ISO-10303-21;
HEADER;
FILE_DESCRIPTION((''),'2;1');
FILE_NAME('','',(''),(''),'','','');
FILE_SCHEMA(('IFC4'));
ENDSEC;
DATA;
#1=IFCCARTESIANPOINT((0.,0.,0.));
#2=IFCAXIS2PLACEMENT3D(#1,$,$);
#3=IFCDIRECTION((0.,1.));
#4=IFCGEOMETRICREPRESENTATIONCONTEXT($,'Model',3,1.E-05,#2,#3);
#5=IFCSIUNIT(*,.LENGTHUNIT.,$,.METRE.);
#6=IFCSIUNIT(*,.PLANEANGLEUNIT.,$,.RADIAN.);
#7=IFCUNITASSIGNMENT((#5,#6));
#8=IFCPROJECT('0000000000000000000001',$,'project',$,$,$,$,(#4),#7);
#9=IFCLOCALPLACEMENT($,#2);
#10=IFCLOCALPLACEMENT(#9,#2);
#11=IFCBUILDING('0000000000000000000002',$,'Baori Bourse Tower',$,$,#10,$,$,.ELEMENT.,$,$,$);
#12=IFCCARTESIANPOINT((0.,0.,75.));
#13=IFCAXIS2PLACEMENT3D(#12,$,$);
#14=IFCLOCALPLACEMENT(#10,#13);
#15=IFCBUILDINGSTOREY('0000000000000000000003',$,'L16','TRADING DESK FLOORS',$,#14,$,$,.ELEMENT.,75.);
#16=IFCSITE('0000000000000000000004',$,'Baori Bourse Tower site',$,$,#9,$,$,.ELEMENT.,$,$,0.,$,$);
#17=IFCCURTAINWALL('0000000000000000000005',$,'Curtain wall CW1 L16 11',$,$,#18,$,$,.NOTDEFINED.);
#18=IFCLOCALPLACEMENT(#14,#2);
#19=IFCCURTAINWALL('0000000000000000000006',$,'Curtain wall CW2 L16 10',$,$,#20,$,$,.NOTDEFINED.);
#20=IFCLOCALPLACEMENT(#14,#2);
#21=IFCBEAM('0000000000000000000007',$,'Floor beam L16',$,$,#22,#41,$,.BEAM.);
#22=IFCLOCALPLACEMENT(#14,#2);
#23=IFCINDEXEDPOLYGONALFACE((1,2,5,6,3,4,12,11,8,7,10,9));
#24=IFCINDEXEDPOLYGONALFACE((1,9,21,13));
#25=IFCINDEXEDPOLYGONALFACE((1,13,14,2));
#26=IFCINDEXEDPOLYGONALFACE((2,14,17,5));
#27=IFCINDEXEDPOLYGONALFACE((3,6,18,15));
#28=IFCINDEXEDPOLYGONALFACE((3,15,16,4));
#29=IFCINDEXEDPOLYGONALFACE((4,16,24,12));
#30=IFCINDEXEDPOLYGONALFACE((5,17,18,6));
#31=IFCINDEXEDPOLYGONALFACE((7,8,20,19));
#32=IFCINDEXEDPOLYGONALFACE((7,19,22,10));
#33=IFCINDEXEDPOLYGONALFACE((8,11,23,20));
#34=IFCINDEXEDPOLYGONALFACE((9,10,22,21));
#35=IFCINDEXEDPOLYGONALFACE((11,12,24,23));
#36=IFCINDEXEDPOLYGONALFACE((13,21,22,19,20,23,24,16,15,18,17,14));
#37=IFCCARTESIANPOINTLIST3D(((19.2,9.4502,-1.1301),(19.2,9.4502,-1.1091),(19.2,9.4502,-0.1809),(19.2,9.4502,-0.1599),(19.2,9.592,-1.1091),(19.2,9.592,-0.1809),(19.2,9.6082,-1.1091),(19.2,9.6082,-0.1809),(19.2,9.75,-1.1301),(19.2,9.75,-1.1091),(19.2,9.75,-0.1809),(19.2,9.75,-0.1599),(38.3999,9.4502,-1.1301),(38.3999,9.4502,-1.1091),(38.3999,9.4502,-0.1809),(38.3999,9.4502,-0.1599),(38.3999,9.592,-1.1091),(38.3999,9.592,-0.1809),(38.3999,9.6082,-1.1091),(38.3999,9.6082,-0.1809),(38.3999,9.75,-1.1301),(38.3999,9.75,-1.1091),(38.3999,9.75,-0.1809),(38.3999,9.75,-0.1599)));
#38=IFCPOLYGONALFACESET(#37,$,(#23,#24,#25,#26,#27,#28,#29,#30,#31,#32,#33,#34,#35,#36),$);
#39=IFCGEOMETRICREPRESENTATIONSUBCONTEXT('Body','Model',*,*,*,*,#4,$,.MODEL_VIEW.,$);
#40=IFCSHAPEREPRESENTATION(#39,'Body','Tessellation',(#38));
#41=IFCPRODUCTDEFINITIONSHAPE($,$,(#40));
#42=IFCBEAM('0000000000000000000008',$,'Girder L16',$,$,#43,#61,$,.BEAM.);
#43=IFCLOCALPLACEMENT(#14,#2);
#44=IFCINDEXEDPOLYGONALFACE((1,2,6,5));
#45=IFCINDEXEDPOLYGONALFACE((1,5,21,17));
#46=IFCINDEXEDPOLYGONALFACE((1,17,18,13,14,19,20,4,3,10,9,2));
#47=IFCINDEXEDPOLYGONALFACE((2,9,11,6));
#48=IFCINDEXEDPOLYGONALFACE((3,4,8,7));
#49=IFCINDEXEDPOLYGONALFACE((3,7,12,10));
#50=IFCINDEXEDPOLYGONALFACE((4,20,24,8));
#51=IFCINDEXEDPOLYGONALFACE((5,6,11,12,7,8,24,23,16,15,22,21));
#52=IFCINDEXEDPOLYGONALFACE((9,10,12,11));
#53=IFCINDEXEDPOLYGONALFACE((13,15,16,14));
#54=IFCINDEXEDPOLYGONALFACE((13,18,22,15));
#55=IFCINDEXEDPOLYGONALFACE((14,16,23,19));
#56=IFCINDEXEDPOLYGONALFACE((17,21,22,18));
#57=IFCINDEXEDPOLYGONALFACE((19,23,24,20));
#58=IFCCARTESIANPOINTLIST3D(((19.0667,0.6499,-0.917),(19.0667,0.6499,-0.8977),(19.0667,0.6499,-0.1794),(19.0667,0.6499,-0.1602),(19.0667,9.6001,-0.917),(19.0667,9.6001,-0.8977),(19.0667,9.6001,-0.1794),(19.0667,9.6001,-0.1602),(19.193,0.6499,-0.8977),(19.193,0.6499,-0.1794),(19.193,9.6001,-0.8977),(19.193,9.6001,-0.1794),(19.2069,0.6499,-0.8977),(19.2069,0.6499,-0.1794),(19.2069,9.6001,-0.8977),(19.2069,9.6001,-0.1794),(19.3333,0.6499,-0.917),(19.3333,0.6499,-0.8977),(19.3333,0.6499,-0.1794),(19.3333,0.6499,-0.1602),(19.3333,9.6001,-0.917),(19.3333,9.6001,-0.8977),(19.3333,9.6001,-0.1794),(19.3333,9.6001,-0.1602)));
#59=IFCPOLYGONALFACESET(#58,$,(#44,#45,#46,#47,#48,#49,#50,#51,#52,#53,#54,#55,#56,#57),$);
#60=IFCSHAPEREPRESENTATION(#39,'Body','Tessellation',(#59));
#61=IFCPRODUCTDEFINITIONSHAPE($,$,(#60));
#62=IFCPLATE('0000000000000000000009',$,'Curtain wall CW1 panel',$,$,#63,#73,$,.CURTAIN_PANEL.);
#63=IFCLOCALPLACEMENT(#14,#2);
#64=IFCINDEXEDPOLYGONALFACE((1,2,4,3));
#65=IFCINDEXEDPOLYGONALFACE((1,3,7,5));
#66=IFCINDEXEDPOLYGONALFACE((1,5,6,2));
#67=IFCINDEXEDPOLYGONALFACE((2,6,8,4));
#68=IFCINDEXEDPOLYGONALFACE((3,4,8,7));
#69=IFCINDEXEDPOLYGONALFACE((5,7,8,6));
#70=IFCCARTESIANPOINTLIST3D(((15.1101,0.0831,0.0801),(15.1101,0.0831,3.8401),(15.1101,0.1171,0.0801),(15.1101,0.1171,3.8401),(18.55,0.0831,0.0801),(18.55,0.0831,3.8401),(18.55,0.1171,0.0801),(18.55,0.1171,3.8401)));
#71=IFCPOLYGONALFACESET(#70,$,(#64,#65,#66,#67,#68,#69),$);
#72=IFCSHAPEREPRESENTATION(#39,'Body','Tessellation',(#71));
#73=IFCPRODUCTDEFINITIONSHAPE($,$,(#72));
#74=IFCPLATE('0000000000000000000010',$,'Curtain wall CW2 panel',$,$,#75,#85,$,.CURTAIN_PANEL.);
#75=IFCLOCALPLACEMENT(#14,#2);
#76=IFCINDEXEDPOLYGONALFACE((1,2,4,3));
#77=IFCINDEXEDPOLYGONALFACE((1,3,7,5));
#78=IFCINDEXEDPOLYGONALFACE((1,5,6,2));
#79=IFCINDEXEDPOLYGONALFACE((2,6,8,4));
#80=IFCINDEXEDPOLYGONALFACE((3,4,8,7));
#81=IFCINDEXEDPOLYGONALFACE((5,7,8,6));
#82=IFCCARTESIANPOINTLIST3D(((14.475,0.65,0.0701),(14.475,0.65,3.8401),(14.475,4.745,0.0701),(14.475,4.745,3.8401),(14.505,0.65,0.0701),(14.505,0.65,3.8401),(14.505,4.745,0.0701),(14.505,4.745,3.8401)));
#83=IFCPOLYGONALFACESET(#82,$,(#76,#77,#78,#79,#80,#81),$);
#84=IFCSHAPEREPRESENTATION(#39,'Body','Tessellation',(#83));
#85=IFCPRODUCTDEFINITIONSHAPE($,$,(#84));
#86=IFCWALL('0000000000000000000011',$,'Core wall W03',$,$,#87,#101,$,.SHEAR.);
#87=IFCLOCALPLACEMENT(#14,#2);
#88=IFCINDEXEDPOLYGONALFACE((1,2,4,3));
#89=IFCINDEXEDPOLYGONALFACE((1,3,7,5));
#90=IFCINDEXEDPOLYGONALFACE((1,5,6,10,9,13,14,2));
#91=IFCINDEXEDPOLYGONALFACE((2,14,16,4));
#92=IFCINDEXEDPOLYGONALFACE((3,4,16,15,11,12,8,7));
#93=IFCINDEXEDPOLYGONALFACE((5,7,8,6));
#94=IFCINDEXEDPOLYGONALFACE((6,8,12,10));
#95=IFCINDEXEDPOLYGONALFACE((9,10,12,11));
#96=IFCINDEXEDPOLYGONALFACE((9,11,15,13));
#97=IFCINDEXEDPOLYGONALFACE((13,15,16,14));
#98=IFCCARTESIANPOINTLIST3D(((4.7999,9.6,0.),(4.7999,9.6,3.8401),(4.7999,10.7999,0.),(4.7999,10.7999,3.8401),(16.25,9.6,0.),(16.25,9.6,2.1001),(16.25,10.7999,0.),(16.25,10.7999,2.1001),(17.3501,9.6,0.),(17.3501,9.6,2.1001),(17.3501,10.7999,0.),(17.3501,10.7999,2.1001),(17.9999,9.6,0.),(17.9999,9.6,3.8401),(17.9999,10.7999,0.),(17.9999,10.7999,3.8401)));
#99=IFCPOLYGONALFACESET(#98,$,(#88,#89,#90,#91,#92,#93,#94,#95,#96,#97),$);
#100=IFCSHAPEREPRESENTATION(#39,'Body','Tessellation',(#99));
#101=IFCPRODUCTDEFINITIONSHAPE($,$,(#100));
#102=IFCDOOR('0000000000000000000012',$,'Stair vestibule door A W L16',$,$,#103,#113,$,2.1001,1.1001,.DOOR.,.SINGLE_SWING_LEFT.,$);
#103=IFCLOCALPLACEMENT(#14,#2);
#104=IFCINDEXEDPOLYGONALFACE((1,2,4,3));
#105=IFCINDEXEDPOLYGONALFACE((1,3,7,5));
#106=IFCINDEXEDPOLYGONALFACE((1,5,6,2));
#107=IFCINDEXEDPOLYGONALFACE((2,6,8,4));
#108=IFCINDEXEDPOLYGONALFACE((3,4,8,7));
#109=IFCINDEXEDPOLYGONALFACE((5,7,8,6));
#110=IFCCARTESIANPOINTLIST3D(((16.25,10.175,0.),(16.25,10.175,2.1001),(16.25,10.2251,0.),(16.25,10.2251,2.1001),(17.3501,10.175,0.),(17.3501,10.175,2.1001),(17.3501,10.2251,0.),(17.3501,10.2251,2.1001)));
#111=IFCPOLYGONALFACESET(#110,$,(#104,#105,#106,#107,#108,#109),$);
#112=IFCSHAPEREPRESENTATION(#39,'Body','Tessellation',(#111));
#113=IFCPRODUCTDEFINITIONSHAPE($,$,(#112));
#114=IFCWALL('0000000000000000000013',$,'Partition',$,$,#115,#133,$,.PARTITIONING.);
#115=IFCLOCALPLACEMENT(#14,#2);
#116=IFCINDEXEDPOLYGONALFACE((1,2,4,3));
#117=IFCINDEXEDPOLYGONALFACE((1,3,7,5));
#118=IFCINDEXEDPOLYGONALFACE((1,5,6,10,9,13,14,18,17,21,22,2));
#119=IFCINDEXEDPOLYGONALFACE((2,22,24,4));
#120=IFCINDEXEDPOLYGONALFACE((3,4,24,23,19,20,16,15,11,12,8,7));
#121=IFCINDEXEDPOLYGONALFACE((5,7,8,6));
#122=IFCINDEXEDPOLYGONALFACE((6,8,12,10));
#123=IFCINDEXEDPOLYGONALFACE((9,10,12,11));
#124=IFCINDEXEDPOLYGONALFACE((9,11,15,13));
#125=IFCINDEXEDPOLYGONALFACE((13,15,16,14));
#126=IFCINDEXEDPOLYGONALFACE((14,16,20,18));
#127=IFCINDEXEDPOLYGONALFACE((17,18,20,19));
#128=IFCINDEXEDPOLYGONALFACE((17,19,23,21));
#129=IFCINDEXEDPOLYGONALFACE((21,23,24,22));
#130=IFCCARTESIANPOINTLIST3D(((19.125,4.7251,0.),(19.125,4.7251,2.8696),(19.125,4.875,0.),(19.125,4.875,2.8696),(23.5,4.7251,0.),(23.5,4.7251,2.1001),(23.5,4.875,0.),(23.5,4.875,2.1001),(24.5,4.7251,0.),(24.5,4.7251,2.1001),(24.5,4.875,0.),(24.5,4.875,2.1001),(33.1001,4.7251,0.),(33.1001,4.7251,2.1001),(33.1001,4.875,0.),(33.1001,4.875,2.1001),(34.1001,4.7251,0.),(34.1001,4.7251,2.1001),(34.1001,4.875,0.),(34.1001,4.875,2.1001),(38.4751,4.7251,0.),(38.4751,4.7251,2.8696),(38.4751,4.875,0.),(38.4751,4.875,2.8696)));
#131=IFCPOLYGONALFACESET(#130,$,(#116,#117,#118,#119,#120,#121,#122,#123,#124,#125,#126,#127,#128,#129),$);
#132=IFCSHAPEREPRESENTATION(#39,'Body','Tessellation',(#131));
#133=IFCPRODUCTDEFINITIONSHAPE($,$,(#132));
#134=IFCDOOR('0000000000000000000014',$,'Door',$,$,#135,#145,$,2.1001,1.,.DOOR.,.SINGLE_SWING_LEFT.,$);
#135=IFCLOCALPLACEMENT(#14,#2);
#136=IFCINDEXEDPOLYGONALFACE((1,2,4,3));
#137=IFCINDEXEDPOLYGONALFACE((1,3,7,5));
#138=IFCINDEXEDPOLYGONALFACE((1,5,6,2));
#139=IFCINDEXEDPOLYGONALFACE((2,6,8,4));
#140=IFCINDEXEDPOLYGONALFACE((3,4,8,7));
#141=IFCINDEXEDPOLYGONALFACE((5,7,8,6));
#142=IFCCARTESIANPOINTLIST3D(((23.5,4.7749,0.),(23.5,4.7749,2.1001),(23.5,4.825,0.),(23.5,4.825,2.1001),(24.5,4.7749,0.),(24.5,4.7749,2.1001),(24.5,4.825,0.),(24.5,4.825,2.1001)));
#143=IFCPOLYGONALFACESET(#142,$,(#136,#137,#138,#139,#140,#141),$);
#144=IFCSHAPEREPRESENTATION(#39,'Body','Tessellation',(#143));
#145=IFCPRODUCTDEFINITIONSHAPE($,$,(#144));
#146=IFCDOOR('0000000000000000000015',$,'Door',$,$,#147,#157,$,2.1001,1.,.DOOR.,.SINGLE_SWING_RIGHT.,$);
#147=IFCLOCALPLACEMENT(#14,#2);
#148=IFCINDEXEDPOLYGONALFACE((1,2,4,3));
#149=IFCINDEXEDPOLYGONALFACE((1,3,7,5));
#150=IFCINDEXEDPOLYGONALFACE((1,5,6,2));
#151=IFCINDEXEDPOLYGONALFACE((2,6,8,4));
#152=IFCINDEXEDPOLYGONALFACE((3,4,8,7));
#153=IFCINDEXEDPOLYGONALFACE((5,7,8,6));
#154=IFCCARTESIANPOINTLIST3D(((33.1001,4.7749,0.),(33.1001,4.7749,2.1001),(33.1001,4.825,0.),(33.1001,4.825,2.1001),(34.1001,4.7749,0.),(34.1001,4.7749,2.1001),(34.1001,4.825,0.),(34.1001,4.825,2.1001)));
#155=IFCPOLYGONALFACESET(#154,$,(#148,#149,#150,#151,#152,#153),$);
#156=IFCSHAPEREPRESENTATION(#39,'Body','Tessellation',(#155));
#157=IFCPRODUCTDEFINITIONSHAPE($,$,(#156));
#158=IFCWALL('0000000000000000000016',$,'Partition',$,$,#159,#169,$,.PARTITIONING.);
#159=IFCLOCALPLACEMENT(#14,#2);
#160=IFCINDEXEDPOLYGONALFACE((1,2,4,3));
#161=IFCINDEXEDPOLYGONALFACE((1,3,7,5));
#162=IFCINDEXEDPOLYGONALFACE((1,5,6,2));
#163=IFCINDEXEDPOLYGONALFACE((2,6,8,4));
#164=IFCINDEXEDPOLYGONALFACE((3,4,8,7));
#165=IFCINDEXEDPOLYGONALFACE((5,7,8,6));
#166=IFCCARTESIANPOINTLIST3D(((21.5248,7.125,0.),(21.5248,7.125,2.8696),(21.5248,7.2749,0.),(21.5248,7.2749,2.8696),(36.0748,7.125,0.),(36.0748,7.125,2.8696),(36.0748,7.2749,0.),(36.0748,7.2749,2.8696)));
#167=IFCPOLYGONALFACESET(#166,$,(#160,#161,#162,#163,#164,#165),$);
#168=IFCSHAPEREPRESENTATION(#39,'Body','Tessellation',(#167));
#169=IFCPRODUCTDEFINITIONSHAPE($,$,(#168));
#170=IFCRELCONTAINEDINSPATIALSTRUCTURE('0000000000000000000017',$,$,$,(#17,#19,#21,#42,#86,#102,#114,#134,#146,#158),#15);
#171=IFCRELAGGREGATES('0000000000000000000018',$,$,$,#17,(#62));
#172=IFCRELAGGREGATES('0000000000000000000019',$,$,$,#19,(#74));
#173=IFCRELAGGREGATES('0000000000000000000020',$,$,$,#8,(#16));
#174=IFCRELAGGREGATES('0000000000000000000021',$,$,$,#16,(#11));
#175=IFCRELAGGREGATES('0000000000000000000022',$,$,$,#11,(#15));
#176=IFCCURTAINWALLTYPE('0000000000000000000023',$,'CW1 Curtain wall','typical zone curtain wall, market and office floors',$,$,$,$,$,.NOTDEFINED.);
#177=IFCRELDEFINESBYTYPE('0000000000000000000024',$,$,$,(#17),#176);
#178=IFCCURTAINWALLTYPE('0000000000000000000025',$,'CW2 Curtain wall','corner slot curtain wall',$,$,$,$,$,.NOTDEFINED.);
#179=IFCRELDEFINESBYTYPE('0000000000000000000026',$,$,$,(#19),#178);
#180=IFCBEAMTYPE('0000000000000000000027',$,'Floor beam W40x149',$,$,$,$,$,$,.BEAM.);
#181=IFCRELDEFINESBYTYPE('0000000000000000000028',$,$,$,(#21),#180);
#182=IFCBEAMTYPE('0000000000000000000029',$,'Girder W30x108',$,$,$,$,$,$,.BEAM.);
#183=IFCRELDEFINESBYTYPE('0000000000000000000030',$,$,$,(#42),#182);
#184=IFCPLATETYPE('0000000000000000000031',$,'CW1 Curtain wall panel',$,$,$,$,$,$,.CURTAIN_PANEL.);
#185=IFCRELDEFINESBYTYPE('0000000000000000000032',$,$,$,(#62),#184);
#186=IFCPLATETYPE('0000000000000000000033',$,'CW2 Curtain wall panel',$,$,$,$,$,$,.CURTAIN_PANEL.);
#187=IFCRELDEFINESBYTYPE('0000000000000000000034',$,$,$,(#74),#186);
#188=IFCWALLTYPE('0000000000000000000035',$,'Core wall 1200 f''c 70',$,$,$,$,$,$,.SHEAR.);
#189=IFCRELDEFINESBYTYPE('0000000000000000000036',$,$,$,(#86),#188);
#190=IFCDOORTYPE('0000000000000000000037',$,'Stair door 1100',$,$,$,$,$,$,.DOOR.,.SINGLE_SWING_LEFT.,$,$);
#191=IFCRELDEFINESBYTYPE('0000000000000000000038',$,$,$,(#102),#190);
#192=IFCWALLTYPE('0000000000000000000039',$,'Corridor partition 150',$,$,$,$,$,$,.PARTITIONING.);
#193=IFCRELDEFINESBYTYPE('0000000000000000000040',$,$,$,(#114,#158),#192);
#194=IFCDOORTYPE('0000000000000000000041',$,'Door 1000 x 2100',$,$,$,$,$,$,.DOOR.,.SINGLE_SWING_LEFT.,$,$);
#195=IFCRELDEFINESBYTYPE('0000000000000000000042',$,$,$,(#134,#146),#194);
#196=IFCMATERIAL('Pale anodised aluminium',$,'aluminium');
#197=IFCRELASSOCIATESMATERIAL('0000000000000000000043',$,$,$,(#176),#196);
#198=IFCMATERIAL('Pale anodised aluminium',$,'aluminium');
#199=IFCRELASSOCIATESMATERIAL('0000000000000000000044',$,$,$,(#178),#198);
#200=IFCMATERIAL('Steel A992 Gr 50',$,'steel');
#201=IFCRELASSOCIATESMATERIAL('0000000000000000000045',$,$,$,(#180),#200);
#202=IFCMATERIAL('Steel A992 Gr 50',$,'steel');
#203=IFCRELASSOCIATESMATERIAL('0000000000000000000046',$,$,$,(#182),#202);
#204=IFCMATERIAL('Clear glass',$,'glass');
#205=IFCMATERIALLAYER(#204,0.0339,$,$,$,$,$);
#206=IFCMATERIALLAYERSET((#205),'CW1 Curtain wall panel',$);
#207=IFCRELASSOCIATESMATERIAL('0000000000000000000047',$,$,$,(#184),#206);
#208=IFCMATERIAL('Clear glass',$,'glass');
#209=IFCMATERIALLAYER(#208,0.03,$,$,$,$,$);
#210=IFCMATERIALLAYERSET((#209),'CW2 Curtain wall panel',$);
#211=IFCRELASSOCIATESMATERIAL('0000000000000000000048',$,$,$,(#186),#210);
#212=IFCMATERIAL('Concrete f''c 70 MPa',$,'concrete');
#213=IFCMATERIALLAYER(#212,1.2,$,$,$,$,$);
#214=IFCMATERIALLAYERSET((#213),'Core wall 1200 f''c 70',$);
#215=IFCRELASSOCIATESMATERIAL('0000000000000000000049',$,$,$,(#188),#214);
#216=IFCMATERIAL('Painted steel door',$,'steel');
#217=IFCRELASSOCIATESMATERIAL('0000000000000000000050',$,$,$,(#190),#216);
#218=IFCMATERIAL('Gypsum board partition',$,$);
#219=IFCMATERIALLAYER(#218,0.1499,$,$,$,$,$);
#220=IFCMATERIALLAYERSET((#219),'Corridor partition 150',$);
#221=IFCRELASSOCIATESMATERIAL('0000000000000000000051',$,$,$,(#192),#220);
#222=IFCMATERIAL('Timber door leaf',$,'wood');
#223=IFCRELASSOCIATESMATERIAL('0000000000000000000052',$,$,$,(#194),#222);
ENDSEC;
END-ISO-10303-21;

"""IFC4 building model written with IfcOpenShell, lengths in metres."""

from ifc_helpers import new_model, si_unit, direction, frame, frame_2d, origin, origin_2d, place, context, subcontext, project, spatial, rectangle, i_section, extrude, material, layer, layer_set, material_profile, profile_set, type_object, element, fill, aggregate, save


model = new_model("IFC4")

# Units and contexts
model_context = context("Model", 3, precision=1e-05, world=origin(), true_north=direction((0.0, 1.0)))
body_context = subcontext(model_context, "Body", "Model", "MODEL_VIEW")
ifc_project = project(units=[si_unit("LENGTHUNIT", "METRE"), si_unit("PLANEANGLEUNIT", "RADIAN")], contexts=[model_context])

# Site, building, storey
site_placement = place(None, origin())
site = spatial("IfcSite", under=ifc_project, at=site_placement, Name="Baori Bourse Tower site", CompositionType="ELEMENT", RefElevation=0.0)
building_placement = place(site_placement, origin())
building = spatial("IfcBuilding", under=site, at=building_placement, Name="Baori Bourse Tower", CompositionType="ELEMENT")
storey_placement = place(building_placement, frame((0.0, 0.0, 75.0)))
storey = spatial("IfcBuildingStorey", under=building, at=storey_placement, Name="L16", Description="TRADING DESK FLOORS", CompositionType="ELEMENT", Elevation=75.0)

# Curtain walls
ifc_material_1 = material(Name="Pale anodised aluminium", Category="aluminium")
curtain_wall_type_1 = type_object("IfcCurtainWallType", Name="CW1 Curtain wall", Description="typical zone curtain wall, market and office floors", PredefinedType="NOTDEFINED", material=ifc_material_1)
curtain_wall_1_placement = place(storey_placement, origin())
curtain_wall_1 = element("IfcCurtainWall", 1, at=curtain_wall_1_placement, inside=storey, type_object=curtain_wall_type_1, Name="Curtain wall CW1 L16 11", PredefinedType="NOTDEFINED")
ifc_material_2 = material(Name="Pale anodised aluminium", Category="aluminium")
curtain_wall_type_2 = type_object("IfcCurtainWallType", Name="CW2 Curtain wall", Description="corner slot curtain wall", PredefinedType="NOTDEFINED", material=ifc_material_2)
curtain_wall_2_placement = place(storey_placement, origin())
curtain_wall_2 = element("IfcCurtainWall", 2, at=curtain_wall_2_placement, inside=storey, type_object=curtain_wall_type_2, Name="Curtain wall CW2 L16 10", PredefinedType="NOTDEFINED")

# Beams
ifc_material_3 = material(Name="Steel A992 Gr 50", Category="steel")
ifc_material_profile_1 = material_profile(ifc_material_3, i_section(OverallWidth=0.2998, OverallDepth=0.9702, WebThickness=0.0161, FlangeThickness=0.021, at=origin_2d()), Name="W40x149")
ifc_profile_set_1 = profile_set([ifc_material_profile_1], Name="Steel A992 Gr 50")
beam_type_1 = type_object("IfcBeamType", Name="Floor beam W40x149", PredefinedType="BEAM", material=ifc_profile_set_1)
beam_1_placement = place(storey_placement, frame((19.2, 9.6001, -0.645), z_axis=(1.0, 0.0, 0.0), x_axis=(0.0, 1.0, 0.0)))
element("IfcBeam", 3, at=beam_1_placement, inside=storey, type_object=beam_type_1, Name="Floor beam L16", PredefinedType="BEAM", context=body_context, shape_type="SweptSolid", body=[
    extrude(i_section(OverallWidth=0.2998, OverallDepth=0.9702, WebThickness=0.0161, FlangeThickness=0.021, at=origin_2d()), origin(), (0.0, 0.0, 1.0), 19.2),
])
ifc_material_4 = material(Name="Steel A992 Gr 50", Category="steel")
ifc_material_profile_2 = material_profile(ifc_material_4, i_section(OverallWidth=0.2666, OverallDepth=0.7568, WebThickness=0.0139, FlangeThickness=0.0193, at=origin_2d()), Name="W30x108")
ifc_profile_set_2 = profile_set([ifc_material_profile_2], Name="Steel A992 Gr 50")
beam_type_2 = type_object("IfcBeamType", Name="Girder W30x108", PredefinedType="BEAM", material=ifc_profile_set_2)
beam_2_placement = place(storey_placement, frame((19.2, 0.6499, -0.5386), z_axis=(0.0, 1.0, 0.0), x_axis=(-1.0, 0.0, 0.0)))
element("IfcBeam", 4, at=beam_2_placement, inside=storey, type_object=beam_type_2, Name="Girder L16", PredefinedType="BEAM", context=body_context, shape_type="SweptSolid", body=[
    extrude(i_section(OverallWidth=0.2666, OverallDepth=0.7568, WebThickness=0.0139, FlangeThickness=0.0193, at=origin_2d()), origin(), (0.0, 0.0, 1.0), 8.9502),
])

# Plates
ifc_material_5 = material(Name="Clear glass", Category="glass")
ifc_layer_1 = layer(ifc_material_5, 0.0339)
ifc_layer_set_1 = layer_set([ifc_layer_1], Name="CW1 Curtain wall panel")
plate_type_1 = type_object("IfcPlateType", Name="CW1 Curtain wall panel", PredefinedType="CURTAIN_PANEL", material=ifc_layer_set_1)
plate_1_placement = place(storey_placement, frame((16.8301, 0.1001, 0.0801), z_axis=(0.0, 0.0, 1.0), x_axis=(1.0, 0.0, 0.0)))
plate_1 = element("IfcPlate", 5, at=plate_1_placement, type_object=plate_type_1, Name="Curtain wall CW1 panel", PredefinedType="CURTAIN_PANEL", context=body_context, shape_type="SweptSolid", body=[
    extrude(rectangle(XDim=3.4399, YDim=0.0339, at=origin_2d()), origin(), (0.0, 0.0, 1.0), 3.76),
])
aggregate(curtain_wall_1, [plate_1])
ifc_material_6 = material(Name="Clear glass", Category="glass")
ifc_layer_2 = layer(ifc_material_6, 0.03)
ifc_layer_set_2 = layer_set([ifc_layer_2], Name="CW2 Curtain wall panel")
plate_type_2 = type_object("IfcPlateType", Name="CW2 Curtain wall panel", PredefinedType="CURTAIN_PANEL", material=ifc_layer_set_2)
plate_2_placement = place(storey_placement, frame((14.49, 2.6975, 0.0701), z_axis=(0.0, 0.0, 1.0), x_axis=(0.0, -1.0, 0.0)))
plate_2 = element("IfcPlate", 6, at=plate_2_placement, type_object=plate_type_2, Name="Curtain wall CW2 panel", PredefinedType="CURTAIN_PANEL", context=body_context, shape_type="SweptSolid", body=[
    extrude(rectangle(XDim=4.095, YDim=0.03, at=origin_2d()), origin(), (0.0, 0.0, 1.0), 3.77),
])
aggregate(curtain_wall_2, [plate_2])

# Wall, opening, door
ifc_material_7 = material(Name="Concrete f'c 70 MPa", Category="concrete")
ifc_layer_3 = layer(ifc_material_7, 1.2)
ifc_layer_set_3 = layer_set([ifc_layer_3], Name="Core wall 1200 f'c 70")
wall_type_1 = type_object("IfcWallType", Name="Core wall 1200 f'c 70", PredefinedType="SHEAR", material=ifc_layer_set_3)
wall_1_placement = place(storey_placement, frame((18.0, 10.2, 0.0), z_axis=(0.0, 0.0, 1.0), x_axis=(-1.0, 0.0, 0.0)))
wall_1 = element("IfcWall", 7, at=wall_1_placement, inside=storey, type_object=wall_type_1, Name="Core wall W03", PredefinedType="SHEAR", context=body_context, shape_type="SweptSolid", body=[
    extrude(rectangle(XDim=13.2, YDim=1.2, at=frame_2d((6.6001, 0.0))), origin(), (0.0, 0.0, 1.0), 3.8401),
])
opening_1_placement = place(wall_1_placement, frame((0.6499, 0.0, 0.0)))
opening_1 = element("IfcOpeningElement", 8, at=opening_1_placement, cuts=wall_1, PredefinedType="OPENING", context=body_context, shape_type="SweptSolid", body=[
    extrude(rectangle(XDim=1.1001, YDim=2.1001, at=frame_2d((0.55, 1.05))), frame((0.0, 0.6099, 0.0), z_axis=(0.0, -1.0, 0.0), x_axis=(1.0, 0.0, 0.0)), (0.0, 0.0, 1.0), 1.22),
])
ifc_material_8 = material(Name="Painted steel door", Category="steel")
door_type_1 = type_object("IfcDoorType", Name="Stair door 1100", OperationType="SINGLE_SWING_LEFT", PredefinedType="DOOR", material=ifc_material_8)
door_1_placement = place(opening_1_placement, origin())
door_1 = element("IfcDoor", 9, at=door_1_placement, inside=storey, type_object=door_type_1, Name="Stair vestibule door A W L16", OperationType="SINGLE_SWING_LEFT", OverallHeight=2.1001, OverallWidth=1.1001, PredefinedType="DOOR", context=body_context, shape_type="SweptSolid", body=[
    extrude(rectangle(XDim=1.1001, YDim=2.1001, at=frame_2d((0.55, 1.05))), frame((0.0, 0.0249, 0.0), z_axis=(0.0, -1.0, 0.0), x_axis=(1.0, 0.0, 0.0)), (0.0, 0.0, 1.0), 0.05),
])
fill(opening_1, door_1)

# Wall, openings, doors
ifc_material_9 = material(Name="Gypsum board partition")
ifc_layer_4 = layer(ifc_material_9, 0.1499)
ifc_layer_set_4 = layer_set([ifc_layer_4], Name="Corridor partition 150")
wall_type_2 = type_object("IfcWallType", Name="Corridor partition 150", PredefinedType="PARTITIONING", material=ifc_layer_set_4)
wall_2_placement = place(storey_placement, frame((19.125, 4.8, 0.0), z_axis=(0.0, 0.0, 1.0), x_axis=(1.0, 0.0, 0.0)))
wall_2 = element("IfcWall", 10, at=wall_2_placement, inside=storey, type_object=wall_type_2, Name="Partition", PredefinedType="PARTITIONING", context=body_context, shape_type="SweptSolid", body=[
    extrude(rectangle(XDim=19.3501, YDim=0.1499, at=frame_2d((9.675, 0.0))), origin(), (0.0, 0.0, 1.0), 2.8696),
])
opening_2_placement = place(wall_2_placement, frame((4.375, 0.0, 0.0)))
opening_2 = element("IfcOpeningElement", 11, at=opening_2_placement, cuts=wall_2, PredefinedType="OPENING", context=body_context, shape_type="SweptSolid", body=[
    extrude(rectangle(XDim=1.0, YDim=2.1001, at=frame_2d((0.5, 1.05))), frame((0.0, 0.085, 0.0), z_axis=(0.0, -1.0, 0.0), x_axis=(1.0, 0.0, 0.0)), (0.0, 0.0, 1.0), 0.1699),
])
opening_3_placement = place(wall_2_placement, frame((13.9751, 0.0, 0.0)))
opening_3 = element("IfcOpeningElement", 12, at=opening_3_placement, cuts=wall_2, PredefinedType="OPENING", context=body_context, shape_type="SweptSolid", body=[
    extrude(rectangle(XDim=1.0, YDim=2.1001, at=frame_2d((0.5, 1.05))), frame((0.0, 0.085, 0.0), z_axis=(0.0, -1.0, 0.0), x_axis=(1.0, 0.0, 0.0)), (0.0, 0.0, 1.0), 0.1699),
])
ifc_material_10 = material(Name="Timber door leaf", Category="wood")
door_type_2 = type_object("IfcDoorType", Name="Door 1000 x 2100", OperationType="SINGLE_SWING_LEFT", PredefinedType="DOOR", material=ifc_material_10)
door_2_placement = place(opening_2_placement, origin())
door_2 = element("IfcDoor", 13, at=door_2_placement, inside=storey, type_object=door_type_2, Name="Door", OperationType="SINGLE_SWING_LEFT", OverallHeight=2.1001, OverallWidth=1.0, PredefinedType="DOOR", context=body_context, shape_type="SweptSolid", body=[
    extrude(rectangle(XDim=1.0, YDim=2.1001, at=frame_2d((0.5, 1.05))), frame((0.0, 0.0249, 0.0), z_axis=(0.0, -1.0, 0.0), x_axis=(1.0, 0.0, 0.0)), (0.0, 0.0, 1.0), 0.05),
])
fill(opening_2, door_2)
door_3_placement = place(opening_3_placement, origin())
door_3 = element("IfcDoor", 14, at=door_3_placement, inside=storey, type_object=door_type_2, Name="Door", OperationType="SINGLE_SWING_RIGHT", OverallHeight=2.1001, OverallWidth=1.0, PredefinedType="DOOR", context=body_context, shape_type="SweptSolid", body=[
    extrude(rectangle(XDim=1.0, YDim=2.1001, at=frame_2d((0.5, 1.05))), frame((0.0, 0.0249, 0.0), z_axis=(0.0, -1.0, 0.0), x_axis=(1.0, 0.0, 0.0)), (0.0, 0.0, 1.0), 0.05),
])
fill(opening_3, door_3)

# Wall
wall_3_placement = place(storey_placement, frame((21.5249, 7.2, 0.0), z_axis=(0.0, 0.0, 1.0), x_axis=(1.0, 0.0, 0.0)))
element("IfcWall", 15, at=wall_3_placement, inside=storey, type_object=wall_type_2, Name="Partition", PredefinedType="PARTITIONING", context=body_context, shape_type="SweptSolid", body=[
    extrude(rectangle(XDim=14.55, YDim=0.1499, at=frame_2d((7.2749, 0.0))), origin(), (0.0, 0.0, 1.0), 2.8696),
])

save(model, "model.ifc")
